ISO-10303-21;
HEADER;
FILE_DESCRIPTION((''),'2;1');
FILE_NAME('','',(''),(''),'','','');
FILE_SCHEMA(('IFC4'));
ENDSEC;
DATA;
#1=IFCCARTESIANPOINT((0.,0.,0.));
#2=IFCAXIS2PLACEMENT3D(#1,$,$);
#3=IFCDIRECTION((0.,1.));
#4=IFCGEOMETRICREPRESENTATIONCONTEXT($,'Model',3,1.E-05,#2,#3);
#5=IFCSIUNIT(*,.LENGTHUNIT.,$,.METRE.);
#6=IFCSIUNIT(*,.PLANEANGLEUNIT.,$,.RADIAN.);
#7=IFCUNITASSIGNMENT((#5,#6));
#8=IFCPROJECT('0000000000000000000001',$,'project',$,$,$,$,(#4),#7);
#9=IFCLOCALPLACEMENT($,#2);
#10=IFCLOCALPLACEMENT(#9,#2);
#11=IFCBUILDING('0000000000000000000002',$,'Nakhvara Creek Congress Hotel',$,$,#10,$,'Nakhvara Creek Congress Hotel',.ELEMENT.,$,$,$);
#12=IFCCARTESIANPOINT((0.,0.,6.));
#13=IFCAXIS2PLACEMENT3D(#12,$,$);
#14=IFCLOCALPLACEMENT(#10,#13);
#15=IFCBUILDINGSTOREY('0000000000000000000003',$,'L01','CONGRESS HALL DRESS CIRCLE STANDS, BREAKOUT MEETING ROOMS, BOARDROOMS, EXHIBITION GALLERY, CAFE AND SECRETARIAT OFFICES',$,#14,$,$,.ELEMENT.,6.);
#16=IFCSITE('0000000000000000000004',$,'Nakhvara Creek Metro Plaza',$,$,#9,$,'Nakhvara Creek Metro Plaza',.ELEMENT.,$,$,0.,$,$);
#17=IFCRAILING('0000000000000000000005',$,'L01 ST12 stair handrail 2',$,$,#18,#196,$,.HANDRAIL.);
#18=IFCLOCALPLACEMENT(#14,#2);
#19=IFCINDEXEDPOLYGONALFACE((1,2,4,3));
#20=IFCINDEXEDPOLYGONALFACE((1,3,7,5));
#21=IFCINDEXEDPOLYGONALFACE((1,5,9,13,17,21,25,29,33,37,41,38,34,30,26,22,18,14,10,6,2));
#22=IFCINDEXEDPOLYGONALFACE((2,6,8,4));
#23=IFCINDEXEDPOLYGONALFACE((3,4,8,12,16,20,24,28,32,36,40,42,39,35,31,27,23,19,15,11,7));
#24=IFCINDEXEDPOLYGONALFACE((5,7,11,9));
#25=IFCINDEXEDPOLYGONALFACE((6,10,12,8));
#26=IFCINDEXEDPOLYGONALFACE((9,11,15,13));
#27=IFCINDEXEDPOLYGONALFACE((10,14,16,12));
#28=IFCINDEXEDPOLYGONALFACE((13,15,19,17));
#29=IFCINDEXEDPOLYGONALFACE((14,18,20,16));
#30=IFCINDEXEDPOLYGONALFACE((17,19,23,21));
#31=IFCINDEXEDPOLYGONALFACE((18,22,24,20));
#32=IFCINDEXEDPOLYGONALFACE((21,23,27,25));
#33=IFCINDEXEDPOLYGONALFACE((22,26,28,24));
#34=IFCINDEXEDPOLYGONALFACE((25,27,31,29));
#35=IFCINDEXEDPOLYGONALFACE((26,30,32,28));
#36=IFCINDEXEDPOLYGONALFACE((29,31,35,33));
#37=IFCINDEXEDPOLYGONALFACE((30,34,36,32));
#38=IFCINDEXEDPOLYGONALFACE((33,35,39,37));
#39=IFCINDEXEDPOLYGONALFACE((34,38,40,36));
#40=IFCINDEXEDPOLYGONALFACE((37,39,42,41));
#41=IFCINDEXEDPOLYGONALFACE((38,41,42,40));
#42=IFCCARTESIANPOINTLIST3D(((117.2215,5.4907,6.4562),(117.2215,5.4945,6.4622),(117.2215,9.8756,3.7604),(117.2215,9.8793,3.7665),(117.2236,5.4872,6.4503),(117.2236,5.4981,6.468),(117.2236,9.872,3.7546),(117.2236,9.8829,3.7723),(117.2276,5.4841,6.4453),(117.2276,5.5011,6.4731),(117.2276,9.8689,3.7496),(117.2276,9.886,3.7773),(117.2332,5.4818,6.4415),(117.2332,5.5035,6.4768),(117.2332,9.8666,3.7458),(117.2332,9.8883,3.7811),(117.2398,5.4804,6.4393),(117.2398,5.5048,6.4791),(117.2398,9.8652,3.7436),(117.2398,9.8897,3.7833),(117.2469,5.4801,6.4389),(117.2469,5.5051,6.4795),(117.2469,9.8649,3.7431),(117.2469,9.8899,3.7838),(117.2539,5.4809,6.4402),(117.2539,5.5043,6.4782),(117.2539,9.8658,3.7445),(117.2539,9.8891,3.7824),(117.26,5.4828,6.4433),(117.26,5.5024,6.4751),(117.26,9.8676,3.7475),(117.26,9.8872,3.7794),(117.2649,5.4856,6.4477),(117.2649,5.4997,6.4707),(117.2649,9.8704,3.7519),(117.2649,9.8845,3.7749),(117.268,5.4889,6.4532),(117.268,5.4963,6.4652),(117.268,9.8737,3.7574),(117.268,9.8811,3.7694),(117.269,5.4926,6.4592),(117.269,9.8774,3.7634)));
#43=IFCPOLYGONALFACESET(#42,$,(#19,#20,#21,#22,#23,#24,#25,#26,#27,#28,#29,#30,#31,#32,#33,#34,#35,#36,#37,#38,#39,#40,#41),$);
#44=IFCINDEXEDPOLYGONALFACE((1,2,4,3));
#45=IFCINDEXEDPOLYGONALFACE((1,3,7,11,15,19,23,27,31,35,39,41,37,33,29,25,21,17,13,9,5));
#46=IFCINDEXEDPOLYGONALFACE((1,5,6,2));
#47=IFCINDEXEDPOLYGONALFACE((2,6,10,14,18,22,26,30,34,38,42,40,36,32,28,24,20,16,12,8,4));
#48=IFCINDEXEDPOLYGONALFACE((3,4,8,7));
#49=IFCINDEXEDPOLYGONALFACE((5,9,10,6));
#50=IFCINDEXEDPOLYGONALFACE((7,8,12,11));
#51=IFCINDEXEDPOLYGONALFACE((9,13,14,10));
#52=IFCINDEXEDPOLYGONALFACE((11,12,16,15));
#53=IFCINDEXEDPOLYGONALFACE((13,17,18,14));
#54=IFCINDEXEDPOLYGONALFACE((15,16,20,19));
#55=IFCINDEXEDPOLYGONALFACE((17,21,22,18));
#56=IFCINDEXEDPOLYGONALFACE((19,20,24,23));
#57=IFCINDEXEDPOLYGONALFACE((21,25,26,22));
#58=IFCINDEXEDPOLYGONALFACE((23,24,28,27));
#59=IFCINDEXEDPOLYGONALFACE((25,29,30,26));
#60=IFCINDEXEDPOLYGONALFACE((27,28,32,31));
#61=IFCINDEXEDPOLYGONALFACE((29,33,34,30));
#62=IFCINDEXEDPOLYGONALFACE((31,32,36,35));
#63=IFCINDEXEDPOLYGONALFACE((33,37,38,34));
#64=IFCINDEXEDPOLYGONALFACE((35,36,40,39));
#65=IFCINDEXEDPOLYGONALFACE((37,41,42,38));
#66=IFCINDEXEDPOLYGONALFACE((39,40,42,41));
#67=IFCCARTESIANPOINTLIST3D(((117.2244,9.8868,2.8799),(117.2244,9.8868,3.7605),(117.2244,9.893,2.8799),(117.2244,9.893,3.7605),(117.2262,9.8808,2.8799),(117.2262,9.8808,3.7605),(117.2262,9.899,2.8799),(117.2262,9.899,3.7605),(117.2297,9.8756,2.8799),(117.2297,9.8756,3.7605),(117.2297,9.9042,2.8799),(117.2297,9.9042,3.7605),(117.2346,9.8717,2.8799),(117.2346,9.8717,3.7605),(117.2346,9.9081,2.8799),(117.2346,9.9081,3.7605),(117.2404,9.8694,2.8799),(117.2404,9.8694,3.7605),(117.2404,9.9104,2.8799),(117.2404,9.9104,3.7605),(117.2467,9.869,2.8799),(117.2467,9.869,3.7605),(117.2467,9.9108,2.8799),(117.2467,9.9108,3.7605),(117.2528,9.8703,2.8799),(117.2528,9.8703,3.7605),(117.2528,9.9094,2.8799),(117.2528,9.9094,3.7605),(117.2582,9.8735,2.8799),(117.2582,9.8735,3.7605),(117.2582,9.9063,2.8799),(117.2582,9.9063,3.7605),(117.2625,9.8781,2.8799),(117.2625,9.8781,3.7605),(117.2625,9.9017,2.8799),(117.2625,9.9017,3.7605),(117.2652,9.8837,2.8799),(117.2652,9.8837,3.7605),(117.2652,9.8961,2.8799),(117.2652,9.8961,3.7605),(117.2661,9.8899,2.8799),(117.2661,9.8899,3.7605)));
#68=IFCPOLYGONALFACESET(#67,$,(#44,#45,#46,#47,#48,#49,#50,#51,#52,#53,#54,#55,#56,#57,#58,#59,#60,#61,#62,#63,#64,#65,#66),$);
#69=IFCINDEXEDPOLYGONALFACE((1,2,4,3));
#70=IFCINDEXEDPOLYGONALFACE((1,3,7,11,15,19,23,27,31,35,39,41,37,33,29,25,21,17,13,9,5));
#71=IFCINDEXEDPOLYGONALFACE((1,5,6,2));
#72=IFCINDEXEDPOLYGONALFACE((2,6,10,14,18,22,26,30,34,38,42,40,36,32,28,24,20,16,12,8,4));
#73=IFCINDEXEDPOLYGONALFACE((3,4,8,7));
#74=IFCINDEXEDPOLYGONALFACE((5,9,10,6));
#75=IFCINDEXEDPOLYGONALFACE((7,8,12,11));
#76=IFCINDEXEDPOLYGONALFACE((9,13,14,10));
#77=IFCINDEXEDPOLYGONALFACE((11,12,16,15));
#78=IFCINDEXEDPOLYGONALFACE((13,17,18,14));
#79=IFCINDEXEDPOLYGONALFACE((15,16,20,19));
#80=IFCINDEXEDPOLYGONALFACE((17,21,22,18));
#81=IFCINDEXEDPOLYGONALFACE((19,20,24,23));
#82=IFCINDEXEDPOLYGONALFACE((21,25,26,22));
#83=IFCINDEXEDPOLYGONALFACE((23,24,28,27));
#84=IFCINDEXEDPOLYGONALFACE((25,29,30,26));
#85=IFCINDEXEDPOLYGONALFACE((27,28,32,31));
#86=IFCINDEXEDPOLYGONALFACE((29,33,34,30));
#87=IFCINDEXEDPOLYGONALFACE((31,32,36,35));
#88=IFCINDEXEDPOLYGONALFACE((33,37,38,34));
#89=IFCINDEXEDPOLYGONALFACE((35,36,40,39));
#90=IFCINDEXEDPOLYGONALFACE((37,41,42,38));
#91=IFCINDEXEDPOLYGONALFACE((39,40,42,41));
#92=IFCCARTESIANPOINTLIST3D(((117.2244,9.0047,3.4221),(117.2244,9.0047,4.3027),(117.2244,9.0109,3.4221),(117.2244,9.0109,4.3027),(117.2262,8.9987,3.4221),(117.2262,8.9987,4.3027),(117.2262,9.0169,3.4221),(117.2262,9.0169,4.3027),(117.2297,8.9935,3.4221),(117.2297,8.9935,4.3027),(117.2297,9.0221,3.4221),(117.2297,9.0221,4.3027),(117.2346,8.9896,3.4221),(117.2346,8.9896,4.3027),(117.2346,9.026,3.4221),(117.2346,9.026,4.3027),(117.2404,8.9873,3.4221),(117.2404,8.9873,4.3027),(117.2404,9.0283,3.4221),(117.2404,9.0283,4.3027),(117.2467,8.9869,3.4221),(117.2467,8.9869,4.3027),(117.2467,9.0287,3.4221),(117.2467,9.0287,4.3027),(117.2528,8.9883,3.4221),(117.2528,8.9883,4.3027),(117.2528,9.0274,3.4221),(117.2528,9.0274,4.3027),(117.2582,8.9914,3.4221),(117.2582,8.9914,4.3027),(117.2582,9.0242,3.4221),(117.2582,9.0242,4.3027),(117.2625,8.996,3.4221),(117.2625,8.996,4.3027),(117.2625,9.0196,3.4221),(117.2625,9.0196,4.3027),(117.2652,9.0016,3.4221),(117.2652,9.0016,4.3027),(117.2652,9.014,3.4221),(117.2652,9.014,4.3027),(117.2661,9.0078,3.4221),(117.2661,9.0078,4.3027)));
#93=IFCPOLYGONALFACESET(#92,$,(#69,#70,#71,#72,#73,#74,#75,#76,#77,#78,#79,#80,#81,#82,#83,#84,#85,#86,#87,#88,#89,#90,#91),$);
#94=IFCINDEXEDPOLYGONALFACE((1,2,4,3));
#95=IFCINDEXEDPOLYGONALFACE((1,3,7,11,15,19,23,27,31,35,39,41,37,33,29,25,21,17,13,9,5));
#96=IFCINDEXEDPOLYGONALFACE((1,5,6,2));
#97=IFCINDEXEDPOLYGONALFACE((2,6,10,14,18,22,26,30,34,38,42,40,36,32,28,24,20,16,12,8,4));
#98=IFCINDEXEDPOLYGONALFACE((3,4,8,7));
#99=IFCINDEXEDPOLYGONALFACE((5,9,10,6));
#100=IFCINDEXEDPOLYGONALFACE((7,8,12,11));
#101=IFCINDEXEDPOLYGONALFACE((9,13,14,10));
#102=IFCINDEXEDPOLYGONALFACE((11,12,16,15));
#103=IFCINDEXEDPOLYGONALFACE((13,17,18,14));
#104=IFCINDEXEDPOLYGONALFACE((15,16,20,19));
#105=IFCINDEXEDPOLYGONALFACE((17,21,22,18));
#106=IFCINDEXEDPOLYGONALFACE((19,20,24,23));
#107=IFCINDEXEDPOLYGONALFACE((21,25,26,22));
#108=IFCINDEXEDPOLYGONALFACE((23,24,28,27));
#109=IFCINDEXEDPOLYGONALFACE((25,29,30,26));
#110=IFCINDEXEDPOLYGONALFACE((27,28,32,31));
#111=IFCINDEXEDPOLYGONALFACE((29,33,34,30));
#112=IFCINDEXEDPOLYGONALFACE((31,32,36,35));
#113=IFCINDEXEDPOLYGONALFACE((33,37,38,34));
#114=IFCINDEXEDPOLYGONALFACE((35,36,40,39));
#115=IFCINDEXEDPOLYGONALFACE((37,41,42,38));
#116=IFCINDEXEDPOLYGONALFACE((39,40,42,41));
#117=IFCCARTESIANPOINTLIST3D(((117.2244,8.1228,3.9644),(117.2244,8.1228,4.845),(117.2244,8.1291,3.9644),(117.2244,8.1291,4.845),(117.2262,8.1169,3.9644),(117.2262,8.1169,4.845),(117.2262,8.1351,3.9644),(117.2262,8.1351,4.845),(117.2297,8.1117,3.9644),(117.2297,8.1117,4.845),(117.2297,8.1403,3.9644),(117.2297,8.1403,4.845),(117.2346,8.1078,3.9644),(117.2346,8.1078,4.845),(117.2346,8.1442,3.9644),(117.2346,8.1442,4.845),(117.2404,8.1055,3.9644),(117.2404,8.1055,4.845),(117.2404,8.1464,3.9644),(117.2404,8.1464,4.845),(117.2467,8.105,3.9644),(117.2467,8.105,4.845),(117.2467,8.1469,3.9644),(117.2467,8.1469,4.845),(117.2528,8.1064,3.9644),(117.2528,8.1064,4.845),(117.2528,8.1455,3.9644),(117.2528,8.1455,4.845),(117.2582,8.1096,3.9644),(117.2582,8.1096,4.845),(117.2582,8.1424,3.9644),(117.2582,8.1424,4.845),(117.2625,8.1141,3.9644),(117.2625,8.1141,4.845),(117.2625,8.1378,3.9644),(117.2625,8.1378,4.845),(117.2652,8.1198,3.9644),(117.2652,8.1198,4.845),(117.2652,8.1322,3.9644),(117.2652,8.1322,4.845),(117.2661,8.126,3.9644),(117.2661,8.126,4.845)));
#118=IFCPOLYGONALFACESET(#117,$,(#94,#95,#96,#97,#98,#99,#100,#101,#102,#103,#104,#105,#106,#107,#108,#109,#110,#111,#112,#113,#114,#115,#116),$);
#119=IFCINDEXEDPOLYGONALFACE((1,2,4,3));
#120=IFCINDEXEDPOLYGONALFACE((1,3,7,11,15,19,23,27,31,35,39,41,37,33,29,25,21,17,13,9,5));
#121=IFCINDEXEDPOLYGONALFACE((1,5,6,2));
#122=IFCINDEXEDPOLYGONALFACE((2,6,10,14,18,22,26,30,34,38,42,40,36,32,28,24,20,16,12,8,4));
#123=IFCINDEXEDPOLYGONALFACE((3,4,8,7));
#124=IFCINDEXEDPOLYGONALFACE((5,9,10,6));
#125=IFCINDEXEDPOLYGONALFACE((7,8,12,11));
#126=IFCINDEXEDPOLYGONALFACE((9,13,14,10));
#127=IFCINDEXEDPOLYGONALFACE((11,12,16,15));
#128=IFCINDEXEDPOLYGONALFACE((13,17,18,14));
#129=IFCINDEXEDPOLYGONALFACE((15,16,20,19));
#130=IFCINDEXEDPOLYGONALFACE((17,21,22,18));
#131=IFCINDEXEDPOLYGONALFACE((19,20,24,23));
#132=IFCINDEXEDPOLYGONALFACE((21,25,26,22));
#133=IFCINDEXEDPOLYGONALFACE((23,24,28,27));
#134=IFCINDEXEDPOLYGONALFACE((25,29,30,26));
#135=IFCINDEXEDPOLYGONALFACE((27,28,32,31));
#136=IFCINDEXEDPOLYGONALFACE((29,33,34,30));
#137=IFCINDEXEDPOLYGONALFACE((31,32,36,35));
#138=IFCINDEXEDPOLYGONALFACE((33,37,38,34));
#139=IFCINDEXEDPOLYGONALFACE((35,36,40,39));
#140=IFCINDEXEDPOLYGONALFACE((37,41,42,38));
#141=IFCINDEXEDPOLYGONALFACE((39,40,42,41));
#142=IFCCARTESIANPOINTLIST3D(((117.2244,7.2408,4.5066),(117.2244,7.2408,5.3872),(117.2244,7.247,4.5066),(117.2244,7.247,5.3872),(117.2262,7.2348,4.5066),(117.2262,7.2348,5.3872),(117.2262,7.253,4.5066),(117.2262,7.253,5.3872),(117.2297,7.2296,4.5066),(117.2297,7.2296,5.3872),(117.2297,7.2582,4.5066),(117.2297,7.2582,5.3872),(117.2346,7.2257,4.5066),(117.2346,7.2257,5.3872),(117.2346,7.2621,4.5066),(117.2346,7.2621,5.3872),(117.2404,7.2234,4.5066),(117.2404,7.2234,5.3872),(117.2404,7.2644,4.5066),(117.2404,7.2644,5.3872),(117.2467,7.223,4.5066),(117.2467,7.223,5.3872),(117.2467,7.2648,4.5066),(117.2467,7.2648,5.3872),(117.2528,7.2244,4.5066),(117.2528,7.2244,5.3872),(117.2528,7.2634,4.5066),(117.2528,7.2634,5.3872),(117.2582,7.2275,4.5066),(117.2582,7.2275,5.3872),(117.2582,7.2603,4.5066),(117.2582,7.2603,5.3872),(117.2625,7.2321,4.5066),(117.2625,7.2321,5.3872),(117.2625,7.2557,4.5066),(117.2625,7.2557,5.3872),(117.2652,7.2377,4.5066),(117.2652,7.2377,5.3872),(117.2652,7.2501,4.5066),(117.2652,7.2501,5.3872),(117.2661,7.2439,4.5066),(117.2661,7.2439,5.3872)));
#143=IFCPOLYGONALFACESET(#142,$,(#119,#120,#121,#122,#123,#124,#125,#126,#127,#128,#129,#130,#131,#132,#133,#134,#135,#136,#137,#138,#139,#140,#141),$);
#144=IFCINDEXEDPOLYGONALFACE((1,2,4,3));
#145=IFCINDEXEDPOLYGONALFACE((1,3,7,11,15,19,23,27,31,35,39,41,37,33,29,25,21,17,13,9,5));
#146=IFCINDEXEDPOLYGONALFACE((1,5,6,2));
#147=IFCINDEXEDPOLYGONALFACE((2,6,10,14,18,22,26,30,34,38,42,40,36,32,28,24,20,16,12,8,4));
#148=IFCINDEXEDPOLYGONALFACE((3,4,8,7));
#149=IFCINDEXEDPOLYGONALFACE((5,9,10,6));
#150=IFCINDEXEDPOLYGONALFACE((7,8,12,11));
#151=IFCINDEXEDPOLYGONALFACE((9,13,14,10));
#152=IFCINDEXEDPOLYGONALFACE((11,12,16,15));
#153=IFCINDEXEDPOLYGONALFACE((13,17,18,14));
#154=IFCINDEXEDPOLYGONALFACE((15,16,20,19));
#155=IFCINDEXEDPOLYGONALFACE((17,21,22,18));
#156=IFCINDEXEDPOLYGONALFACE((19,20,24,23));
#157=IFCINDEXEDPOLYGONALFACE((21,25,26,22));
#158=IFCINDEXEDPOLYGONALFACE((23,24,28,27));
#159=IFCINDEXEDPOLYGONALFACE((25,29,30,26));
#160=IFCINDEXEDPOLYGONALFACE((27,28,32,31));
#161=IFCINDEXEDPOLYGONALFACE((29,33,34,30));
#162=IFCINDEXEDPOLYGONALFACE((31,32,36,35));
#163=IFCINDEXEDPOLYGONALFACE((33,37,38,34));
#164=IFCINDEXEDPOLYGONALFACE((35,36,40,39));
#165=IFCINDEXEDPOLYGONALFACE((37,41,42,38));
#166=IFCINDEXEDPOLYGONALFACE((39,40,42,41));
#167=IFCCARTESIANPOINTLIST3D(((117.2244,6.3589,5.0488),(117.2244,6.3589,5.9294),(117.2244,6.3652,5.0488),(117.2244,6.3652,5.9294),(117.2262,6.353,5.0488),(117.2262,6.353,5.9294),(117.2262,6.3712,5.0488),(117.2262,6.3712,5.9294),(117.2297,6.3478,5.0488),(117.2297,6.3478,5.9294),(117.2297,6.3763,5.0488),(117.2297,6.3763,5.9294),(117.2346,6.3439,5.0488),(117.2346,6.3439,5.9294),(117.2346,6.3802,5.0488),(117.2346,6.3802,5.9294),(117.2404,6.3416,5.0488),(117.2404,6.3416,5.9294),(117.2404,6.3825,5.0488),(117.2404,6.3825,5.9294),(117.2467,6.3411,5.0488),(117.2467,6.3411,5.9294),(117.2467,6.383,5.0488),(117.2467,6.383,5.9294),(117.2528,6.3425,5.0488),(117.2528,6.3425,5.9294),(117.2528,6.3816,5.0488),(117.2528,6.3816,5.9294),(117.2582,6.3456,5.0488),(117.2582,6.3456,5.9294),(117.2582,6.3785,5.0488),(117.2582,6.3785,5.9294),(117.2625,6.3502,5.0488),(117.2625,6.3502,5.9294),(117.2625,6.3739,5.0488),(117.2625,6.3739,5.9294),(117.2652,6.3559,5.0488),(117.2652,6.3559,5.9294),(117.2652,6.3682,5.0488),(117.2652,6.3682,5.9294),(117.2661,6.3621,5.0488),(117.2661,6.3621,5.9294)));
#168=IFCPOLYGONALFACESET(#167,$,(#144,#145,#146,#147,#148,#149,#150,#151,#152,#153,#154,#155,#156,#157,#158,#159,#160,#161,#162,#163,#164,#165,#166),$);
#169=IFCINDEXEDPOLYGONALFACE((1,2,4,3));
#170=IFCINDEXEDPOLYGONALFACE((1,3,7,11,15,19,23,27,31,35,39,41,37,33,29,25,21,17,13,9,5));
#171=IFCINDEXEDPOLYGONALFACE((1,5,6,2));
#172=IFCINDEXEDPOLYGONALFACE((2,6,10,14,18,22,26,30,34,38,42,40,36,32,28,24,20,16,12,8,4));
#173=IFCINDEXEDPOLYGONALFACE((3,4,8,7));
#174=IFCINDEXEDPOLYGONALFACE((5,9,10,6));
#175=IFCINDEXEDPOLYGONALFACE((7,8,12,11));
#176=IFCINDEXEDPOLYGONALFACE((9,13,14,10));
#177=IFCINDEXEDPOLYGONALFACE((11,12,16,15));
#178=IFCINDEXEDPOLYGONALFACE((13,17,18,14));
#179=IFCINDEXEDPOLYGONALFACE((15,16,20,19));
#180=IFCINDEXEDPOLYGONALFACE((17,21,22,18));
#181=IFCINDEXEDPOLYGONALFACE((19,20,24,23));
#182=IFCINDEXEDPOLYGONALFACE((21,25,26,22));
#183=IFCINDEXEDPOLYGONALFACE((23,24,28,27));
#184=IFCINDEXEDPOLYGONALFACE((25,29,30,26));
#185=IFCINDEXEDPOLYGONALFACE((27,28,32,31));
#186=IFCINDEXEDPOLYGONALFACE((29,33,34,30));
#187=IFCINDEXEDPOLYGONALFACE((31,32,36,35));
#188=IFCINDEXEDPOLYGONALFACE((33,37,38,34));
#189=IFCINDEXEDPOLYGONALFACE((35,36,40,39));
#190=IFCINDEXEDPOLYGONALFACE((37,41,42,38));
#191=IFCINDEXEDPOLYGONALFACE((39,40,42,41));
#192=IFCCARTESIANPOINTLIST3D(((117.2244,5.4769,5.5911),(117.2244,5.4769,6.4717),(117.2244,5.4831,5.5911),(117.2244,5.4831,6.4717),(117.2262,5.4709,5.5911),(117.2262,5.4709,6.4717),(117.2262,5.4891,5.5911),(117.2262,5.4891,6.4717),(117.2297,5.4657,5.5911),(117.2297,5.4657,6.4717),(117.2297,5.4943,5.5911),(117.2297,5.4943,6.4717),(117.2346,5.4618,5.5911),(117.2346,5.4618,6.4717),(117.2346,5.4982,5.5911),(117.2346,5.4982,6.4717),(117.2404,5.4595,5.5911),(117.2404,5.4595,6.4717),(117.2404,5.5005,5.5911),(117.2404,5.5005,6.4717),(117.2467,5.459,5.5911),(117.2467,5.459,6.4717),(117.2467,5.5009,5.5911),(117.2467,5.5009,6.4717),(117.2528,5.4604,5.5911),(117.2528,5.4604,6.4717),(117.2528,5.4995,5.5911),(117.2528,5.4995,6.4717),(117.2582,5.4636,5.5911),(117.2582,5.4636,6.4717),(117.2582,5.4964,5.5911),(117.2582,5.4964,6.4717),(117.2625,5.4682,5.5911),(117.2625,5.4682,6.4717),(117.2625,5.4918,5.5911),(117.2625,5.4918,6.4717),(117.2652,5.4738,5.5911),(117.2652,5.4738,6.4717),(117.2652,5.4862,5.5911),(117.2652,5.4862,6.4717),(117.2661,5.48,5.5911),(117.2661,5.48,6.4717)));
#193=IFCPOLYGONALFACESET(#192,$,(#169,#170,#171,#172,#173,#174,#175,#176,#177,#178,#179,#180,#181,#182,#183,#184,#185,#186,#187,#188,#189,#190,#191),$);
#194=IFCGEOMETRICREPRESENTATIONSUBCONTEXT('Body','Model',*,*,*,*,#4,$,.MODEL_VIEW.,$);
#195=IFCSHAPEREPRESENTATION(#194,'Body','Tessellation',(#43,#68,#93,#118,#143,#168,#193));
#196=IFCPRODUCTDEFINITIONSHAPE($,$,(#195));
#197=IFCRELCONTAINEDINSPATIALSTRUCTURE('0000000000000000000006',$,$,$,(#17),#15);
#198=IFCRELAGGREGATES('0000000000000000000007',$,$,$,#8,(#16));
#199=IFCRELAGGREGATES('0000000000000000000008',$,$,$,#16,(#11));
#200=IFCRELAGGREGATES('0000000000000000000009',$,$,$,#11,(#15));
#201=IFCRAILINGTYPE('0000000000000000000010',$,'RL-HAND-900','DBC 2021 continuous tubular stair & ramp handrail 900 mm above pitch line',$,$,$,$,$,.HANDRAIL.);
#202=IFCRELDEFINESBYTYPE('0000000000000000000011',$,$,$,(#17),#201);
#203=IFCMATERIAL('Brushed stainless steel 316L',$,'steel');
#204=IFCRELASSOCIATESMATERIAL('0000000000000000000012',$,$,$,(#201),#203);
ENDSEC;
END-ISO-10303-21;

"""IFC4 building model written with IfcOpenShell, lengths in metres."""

from ifc_helpers import new_model, si_unit, direction, frame, origin, origin_2d, place, context, subcontext, project, spatial, circle, extrude, material, type_object, element, save


model = new_model("IFC4")

# Units and contexts
model_context = context("Model", 3, precision=1e-05, world=origin(), true_north=direction((0.0, 1.0)))
body_context = subcontext(model_context, "Body", "Model", "MODEL_VIEW")
ifc_project = project(units=[si_unit("LENGTHUNIT", "METRE"), si_unit("PLANEANGLEUNIT", "RADIAN")], contexts=[model_context])

# Site, building, storey
site_placement = place(None, origin())
site = spatial("IfcSite", under=ifc_project, at=site_placement, Name="Nakhvara Creek Metro Plaza", LongName="Nakhvara Creek Metro Plaza", CompositionType="ELEMENT", RefElevation=0.0)
building_placement = place(site_placement, origin())
building = spatial("IfcBuilding", under=site, at=building_placement, Name="Nakhvara Creek Congress Hotel", LongName="Nakhvara Creek Congress Hotel", CompositionType="ELEMENT")
storey_placement = place(building_placement, frame((0.0, 0.0, 6.0)))
storey = spatial("IfcBuildingStorey", under=building, at=storey_placement, Name="L01", Description="CONGRESS HALL DRESS CIRCLE STANDS, BREAKOUT MEETING ROOMS, BOARDROOMS, EXHIBITION GALLERY, CAFE AND SECRETARIAT OFFICES", CompositionType="ELEMENT", Elevation=6.0)

# Railing
ifc_material_1 = material(Name="Brushed stainless steel 316L", Category="steel")
railing_type_1 = type_object("IfcRailingType", Name="RL-HAND-900", Description="DBC 2021 continuous tubular stair & ramp handrail 900 mm above pitch line", PredefinedType="HANDRAIL", material=ifc_material_1)
railing_1_placement = place(storey_placement, frame((117.2451, 9.8899, 2.8799)))
element("IfcRailing", 1, at=railing_1_placement, inside=storey, type_object=railing_type_1, Name="L01 ST12 stair handrail 2", PredefinedType="HANDRAIL", context=body_context, shape_type="SweptSolid", body=[
    extrude(circle(Radius=0.0239, at=origin_2d()), frame((0.0, -0.0125, 0.8835), z_axis=(0.0, -0.851883, 0.523732), x_axis=(1.0, 0.0, 0.0)), (0.0, 0.0, 1.0), 5.1472),
    extrude(circle(Radius=0.021, at=origin_2d()), origin(), (0.0, 0.0, 1.0), 0.8806),
    extrude(circle(Radius=0.021, at=origin_2d()), frame((0.0, -0.8821, 0.5422)), (0.0, 0.0, 1.0), 0.8806),
    extrude(circle(Radius=0.021, at=origin_2d()), frame((0.0, -1.7639, 1.0845)), (0.0, 0.0, 1.0), 0.8806),
    extrude(circle(Radius=0.021, at=origin_2d()), frame((0.0, -2.646, 1.6267)), (0.0, 0.0, 1.0), 0.8806),
    extrude(circle(Radius=0.021, at=origin_2d()), frame((0.0, -3.5278, 2.1689)), (0.0, 0.0, 1.0), 0.8806),
    extrude(circle(Radius=0.021, at=origin_2d()), frame((0.0, -4.4099, 2.7112)), (0.0, 0.0, 1.0), 0.8806),
])

save(model, "model.ifc")
